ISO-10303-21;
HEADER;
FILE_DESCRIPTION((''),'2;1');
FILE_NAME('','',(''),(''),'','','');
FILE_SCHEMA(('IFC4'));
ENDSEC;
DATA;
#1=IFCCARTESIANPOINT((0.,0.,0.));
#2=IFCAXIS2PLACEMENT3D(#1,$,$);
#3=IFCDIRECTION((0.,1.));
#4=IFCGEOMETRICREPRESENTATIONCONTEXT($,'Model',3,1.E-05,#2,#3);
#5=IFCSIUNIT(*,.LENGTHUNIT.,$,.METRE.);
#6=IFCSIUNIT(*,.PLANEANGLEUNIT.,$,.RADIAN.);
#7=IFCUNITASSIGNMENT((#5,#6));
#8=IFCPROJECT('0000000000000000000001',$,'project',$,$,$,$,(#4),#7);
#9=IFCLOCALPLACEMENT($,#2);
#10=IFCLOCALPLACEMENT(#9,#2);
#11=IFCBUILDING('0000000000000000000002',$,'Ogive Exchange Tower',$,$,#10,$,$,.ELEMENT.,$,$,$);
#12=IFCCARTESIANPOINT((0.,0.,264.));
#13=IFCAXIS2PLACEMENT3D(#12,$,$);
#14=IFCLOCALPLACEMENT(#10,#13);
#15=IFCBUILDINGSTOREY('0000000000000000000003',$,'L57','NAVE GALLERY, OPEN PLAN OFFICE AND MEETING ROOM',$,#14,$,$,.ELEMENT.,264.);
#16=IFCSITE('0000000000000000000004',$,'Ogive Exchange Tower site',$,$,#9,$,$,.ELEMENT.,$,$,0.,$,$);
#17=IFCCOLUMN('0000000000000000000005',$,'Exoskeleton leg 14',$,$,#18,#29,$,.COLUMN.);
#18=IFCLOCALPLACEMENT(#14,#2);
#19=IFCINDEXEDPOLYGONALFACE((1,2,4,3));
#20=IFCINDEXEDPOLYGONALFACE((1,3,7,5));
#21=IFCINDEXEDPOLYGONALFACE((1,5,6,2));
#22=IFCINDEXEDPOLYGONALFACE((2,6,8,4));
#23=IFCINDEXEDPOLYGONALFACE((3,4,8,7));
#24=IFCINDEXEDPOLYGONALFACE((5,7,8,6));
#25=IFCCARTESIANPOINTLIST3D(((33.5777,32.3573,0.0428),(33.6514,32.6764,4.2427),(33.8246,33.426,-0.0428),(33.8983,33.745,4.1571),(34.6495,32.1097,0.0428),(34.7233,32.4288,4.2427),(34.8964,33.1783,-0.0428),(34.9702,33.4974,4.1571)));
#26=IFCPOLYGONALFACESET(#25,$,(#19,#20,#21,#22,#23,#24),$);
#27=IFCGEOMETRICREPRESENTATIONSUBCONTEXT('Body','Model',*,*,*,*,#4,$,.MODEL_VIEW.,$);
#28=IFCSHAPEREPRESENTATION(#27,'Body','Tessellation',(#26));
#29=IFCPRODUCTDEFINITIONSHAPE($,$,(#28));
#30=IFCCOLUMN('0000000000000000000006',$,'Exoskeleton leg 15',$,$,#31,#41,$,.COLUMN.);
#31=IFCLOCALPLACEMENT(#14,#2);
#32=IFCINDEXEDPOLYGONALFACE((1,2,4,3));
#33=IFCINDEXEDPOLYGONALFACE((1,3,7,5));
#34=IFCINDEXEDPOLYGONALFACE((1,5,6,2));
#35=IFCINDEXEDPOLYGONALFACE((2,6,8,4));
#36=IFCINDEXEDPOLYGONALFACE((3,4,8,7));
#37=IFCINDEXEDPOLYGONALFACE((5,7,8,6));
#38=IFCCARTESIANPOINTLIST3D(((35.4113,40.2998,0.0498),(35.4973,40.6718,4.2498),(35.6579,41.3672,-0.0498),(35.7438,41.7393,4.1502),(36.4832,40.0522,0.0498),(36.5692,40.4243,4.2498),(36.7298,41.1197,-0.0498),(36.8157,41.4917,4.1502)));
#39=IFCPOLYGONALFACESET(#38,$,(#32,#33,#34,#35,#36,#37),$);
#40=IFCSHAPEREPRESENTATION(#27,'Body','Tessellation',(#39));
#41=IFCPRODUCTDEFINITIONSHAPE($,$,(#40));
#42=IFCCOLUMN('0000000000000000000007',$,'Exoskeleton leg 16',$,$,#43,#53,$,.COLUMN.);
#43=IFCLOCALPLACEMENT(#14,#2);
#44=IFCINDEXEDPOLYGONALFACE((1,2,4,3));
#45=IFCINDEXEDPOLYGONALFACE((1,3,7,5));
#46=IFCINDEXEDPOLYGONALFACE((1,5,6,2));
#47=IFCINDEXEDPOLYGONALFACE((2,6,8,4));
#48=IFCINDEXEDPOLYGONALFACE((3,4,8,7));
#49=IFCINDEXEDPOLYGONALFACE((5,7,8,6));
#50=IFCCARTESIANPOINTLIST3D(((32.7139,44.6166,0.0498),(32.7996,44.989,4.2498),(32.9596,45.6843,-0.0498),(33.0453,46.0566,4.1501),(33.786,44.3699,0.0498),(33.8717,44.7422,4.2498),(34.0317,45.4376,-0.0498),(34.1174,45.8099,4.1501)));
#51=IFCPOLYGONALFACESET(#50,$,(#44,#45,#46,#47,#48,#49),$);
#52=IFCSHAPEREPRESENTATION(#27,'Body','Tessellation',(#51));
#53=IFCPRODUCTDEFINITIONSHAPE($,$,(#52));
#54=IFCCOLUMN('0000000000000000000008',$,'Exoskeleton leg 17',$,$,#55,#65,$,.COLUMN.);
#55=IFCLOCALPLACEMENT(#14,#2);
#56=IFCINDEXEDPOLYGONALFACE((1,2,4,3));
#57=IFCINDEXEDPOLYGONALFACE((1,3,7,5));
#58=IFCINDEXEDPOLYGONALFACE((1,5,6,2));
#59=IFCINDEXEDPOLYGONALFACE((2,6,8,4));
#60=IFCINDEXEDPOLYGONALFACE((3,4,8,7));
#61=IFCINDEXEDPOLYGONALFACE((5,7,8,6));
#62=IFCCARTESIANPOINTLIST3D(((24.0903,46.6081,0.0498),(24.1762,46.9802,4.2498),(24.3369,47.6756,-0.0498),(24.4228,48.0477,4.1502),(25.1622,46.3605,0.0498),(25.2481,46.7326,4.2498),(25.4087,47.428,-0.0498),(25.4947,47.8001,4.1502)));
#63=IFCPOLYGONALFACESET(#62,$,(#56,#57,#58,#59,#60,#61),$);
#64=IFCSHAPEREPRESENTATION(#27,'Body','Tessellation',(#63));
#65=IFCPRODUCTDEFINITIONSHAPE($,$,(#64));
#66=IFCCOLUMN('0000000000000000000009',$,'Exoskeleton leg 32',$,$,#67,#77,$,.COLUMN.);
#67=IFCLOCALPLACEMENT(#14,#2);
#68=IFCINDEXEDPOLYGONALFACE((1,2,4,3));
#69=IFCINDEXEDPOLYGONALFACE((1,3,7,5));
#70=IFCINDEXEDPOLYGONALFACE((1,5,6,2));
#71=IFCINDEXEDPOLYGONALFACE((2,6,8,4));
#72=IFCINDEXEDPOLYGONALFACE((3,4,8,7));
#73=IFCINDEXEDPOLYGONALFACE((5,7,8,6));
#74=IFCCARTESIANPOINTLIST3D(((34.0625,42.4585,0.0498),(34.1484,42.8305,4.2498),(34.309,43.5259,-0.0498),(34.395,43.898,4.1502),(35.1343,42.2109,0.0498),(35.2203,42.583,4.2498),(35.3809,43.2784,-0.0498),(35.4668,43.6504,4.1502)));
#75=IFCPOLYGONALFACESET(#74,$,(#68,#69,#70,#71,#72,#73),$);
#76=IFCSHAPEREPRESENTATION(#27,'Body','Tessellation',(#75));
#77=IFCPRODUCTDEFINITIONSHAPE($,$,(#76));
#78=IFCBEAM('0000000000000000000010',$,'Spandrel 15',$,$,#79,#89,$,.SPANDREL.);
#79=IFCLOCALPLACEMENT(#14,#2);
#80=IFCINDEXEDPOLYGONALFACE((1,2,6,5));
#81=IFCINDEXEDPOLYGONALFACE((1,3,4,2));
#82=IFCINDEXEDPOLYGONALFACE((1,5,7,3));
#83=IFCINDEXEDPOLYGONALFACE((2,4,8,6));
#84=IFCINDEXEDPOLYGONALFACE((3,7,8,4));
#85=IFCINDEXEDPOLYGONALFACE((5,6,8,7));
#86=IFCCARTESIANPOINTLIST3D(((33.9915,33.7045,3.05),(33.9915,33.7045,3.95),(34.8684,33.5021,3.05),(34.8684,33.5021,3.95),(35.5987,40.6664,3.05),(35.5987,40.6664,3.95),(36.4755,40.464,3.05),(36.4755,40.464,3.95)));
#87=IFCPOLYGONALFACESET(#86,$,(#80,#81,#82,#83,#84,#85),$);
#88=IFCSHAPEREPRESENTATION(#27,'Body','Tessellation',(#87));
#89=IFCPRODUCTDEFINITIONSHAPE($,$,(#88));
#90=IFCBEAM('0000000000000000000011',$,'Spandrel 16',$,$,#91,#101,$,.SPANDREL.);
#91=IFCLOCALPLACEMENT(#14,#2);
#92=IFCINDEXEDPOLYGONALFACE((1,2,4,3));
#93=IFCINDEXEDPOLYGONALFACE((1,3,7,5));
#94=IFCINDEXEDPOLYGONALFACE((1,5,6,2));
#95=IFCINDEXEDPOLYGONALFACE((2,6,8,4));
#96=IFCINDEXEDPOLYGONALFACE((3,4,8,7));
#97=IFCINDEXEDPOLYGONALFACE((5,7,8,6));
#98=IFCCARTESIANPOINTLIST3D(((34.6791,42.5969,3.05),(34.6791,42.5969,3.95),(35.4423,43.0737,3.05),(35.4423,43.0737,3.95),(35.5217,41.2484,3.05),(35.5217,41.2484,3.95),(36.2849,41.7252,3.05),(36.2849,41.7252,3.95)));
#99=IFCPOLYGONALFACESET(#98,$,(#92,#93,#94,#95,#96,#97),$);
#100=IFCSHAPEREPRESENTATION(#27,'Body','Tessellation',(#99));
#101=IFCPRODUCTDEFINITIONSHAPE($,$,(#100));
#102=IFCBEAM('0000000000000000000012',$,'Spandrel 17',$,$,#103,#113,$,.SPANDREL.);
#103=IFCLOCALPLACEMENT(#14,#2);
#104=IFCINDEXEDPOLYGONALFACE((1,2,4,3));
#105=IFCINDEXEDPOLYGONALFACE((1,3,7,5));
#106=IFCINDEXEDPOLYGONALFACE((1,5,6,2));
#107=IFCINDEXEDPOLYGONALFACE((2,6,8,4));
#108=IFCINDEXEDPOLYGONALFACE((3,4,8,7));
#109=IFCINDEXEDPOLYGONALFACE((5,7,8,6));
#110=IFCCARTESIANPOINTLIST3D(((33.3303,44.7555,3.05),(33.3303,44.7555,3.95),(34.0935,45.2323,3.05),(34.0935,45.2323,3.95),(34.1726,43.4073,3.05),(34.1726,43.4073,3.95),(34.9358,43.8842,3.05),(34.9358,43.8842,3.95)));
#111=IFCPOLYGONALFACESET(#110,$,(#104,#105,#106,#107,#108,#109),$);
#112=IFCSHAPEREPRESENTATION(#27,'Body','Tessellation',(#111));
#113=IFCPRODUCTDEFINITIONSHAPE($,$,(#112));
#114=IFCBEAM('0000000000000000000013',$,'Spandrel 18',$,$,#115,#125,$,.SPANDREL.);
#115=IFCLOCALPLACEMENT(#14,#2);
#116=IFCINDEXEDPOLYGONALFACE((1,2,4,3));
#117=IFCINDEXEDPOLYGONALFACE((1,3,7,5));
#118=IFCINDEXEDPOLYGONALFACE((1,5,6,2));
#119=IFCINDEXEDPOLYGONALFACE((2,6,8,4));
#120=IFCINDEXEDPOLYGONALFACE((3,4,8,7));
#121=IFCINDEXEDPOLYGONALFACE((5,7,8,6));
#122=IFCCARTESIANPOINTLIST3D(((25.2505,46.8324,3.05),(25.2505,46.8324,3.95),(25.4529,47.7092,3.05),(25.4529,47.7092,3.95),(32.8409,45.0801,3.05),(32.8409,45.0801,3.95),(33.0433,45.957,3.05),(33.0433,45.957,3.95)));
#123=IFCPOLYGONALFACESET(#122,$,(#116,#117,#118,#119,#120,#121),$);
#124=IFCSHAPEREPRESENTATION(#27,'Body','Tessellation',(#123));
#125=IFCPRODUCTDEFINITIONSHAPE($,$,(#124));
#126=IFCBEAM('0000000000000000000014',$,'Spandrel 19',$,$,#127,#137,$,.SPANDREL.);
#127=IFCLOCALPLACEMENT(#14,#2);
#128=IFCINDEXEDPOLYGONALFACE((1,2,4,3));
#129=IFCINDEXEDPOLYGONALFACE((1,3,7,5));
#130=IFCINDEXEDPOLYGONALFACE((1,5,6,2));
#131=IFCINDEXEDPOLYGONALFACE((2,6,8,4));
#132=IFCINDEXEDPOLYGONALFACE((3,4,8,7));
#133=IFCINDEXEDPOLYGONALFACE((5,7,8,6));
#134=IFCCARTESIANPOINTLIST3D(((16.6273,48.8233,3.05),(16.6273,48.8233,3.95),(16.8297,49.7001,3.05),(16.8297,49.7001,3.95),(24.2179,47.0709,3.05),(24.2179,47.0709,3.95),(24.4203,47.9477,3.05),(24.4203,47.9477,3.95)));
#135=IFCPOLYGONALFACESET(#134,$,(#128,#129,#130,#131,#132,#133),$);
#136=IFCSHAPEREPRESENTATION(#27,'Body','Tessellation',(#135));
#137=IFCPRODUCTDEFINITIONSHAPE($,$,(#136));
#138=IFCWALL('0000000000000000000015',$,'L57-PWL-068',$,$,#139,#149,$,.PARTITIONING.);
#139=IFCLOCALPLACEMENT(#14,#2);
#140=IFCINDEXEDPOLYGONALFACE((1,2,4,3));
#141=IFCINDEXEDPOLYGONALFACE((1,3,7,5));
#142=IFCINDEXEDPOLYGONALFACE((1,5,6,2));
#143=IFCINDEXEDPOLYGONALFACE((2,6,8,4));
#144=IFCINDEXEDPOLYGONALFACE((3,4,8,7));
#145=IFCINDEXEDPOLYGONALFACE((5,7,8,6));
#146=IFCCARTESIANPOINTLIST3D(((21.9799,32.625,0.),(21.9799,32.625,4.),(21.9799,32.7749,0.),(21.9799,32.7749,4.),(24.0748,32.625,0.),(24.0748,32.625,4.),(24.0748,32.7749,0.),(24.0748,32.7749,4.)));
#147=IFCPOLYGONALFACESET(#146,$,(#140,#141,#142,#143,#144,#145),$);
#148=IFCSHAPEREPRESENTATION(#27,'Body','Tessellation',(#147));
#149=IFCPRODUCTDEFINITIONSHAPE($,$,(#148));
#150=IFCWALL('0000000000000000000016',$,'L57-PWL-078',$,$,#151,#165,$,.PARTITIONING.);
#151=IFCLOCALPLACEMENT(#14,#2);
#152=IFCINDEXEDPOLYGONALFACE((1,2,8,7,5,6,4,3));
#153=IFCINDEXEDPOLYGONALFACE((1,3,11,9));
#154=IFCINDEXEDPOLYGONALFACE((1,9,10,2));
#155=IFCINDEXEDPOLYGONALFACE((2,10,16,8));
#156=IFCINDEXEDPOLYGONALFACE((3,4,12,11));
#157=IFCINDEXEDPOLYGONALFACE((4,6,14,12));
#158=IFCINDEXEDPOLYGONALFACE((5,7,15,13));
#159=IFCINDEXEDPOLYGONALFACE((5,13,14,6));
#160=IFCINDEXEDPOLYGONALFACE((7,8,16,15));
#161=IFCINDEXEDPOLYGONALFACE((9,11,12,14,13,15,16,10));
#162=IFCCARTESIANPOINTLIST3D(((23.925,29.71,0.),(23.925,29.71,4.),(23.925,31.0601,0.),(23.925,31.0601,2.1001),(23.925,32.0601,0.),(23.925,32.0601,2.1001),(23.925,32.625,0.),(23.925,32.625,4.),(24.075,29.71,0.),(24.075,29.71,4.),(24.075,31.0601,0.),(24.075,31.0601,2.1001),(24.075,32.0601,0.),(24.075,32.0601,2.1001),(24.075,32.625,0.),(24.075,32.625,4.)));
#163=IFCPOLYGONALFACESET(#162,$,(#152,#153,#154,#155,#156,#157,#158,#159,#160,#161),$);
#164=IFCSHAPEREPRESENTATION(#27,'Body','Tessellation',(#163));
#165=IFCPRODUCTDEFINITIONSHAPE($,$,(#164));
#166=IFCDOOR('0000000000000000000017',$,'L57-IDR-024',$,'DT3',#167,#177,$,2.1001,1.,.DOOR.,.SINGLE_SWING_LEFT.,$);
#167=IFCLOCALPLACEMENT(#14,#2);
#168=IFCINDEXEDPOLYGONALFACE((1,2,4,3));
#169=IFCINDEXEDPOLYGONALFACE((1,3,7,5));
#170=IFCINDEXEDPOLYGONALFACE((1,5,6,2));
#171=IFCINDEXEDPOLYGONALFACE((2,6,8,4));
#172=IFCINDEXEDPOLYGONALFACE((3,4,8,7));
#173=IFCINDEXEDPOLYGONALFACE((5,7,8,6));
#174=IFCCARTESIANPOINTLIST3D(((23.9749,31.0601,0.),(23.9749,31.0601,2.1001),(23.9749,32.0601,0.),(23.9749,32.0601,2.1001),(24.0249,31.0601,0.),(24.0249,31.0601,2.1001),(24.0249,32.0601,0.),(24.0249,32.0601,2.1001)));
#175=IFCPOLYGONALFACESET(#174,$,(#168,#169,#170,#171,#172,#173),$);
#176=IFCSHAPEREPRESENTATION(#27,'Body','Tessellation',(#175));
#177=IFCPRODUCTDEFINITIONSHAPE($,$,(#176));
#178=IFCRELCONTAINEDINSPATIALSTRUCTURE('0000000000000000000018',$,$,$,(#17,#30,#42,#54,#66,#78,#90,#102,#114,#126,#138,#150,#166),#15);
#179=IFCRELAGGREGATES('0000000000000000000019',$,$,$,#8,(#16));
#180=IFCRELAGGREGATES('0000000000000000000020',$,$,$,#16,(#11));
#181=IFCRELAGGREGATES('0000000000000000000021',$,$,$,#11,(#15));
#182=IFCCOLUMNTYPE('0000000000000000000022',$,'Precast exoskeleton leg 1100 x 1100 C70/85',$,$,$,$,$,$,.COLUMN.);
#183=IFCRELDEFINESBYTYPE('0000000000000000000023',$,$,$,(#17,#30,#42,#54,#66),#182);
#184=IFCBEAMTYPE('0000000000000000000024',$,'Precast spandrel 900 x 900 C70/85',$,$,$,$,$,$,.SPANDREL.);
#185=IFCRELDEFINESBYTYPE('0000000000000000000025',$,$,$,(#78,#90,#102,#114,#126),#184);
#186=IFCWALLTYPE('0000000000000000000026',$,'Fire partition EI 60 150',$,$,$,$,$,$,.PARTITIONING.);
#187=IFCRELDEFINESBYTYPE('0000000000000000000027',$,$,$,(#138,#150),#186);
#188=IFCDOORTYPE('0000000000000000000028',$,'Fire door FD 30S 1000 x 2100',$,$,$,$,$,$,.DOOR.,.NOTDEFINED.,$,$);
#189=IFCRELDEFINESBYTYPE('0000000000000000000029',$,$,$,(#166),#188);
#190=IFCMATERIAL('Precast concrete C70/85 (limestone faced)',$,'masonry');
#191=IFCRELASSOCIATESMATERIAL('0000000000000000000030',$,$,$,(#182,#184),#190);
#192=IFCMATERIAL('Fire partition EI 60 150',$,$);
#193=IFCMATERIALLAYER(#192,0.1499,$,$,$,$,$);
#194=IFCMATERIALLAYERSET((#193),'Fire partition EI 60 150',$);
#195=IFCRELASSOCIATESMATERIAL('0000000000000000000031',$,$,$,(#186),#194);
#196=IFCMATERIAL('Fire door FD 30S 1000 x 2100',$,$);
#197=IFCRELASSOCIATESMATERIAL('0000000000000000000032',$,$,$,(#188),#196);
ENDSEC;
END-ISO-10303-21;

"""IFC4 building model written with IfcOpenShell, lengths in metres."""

from ifc_helpers import new_model, si_unit, direction, frame, frame_2d, origin, origin_2d, place, context, subcontext, project, spatial, rectangle, extrude, material, layer, layer_set, material_profile, profile_set, type_object, element, fill, save


model = new_model("IFC4")

# Units and contexts
model_context = context("Model", 3, precision=1e-05, world=origin(), true_north=direction((0.0, 1.0)))
body_context = subcontext(model_context, "Body", "Model", "MODEL_VIEW")
ifc_project = project(units=[si_unit("LENGTHUNIT", "METRE"), si_unit("PLANEANGLEUNIT", "RADIAN")], contexts=[model_context])

# Site, building, storey
site_placement = place(None, origin())
site = spatial("IfcSite", under=ifc_project, at=site_placement, Name="Ogive Exchange Tower site", CompositionType="ELEMENT", RefElevation=0.0)
building_placement = place(site_placement, origin())
building = spatial("IfcBuilding", under=site, at=building_placement, Name="Ogive Exchange Tower", CompositionType="ELEMENT")
storey_placement = place(building_placement, frame((0.0, 0.0, 264.0)))
storey = spatial("IfcBuildingStorey", under=building, at=storey_placement, Name="L57", Description="NAVE GALLERY, OPEN PLAN OFFICE AND MEETING ROOM", CompositionType="ELEMENT", Elevation=264.0)

# Columns
ifc_material_1 = material(Name="Precast concrete C70/85 (limestone faced)", Category="masonry")
ifc_material_profile_1 = material_profile(ifc_material_1, rectangle(XDim=1.1001, YDim=1.1001, at=origin_2d()), Name="1100 x 1100")
ifc_profile_set_1 = profile_set([ifc_material_profile_1], Name="Precast concrete C70/85 (limestone faced)")
column_type = type_object("IfcColumnType", Name="Precast exoskeleton leg 1100 x 1100 C70/85", PredefinedType="COLUMN", material=ifc_profile_set_1)
column_placement = place(storey_placement, frame((34.2371, 32.7678, 0.0), z_axis=(0.017502, 0.075745, 0.996974), x_axis=(-0.974328, 0.225132, 0.0)))
element("IfcColumn", 1, at=column_placement, inside=storey, type_object=column_type, Name="Exoskeleton leg 14", PredefinedType="COLUMN", context=body_context, shape_type="SweptSolid", body=[
    extrude(rectangle(XDim=1.1001, YDim=1.1001, at=origin_2d()), origin(), (0.0, 0.0, 1.0), 4.2126),
])
for number, where, z_axis, x_axis, name in (
    (2, (36.0706, 40.7097, 0.0), (0.020377, 0.088225, 0.995892), (-0.974348, 0.225046, 0.0), "Exoskeleton leg 15"),
    (3, (33.3728, 45.0271, 0.0), (0.02032, 0.088283, 0.995888), (-0.97452, 0.224299, 0.0), "Exoskeleton leg 16"),
    (4, (24.7495, 47.0181, 0.0), (0.020377, 0.088225, 0.995892), (-0.974348, 0.225046, 0.0), "Exoskeleton leg 17"),
    (5, (34.7217, 42.8684, 0.0), (0.020377, 0.088225, 0.995892), (-0.974348, 0.225046, 0.0), "Exoskeleton leg 32"),
):
    element("IfcColumn", number, at=place(storey_placement, frame(where, z_axis=z_axis, x_axis=x_axis)), inside=storey, type_object=column_type, Name=name, PredefinedType="COLUMN", context=body_context, shape_type="SweptSolid", body=[
        extrude(rectangle(XDim=1.1001, YDim=1.1001, at=origin_2d()), origin(), (0.0, 0.0, 1.0), 4.2173),
    ])

# Beams
ifc_material_profile_2 = material_profile(ifc_material_1, rectangle(XDim=0.8999, YDim=0.8999, at=origin_2d()), Name="900 x 900")
ifc_profile_set_2 = profile_set([ifc_material_profile_2], Name="Precast concrete C70/85 (limestone faced)")
beam_type = type_object("IfcBeamType", Name="Precast spandrel 900 x 900 C70/85", PredefinedType="SPANDREL", material=ifc_profile_set_2)
beam_1_placement = place(storey_placement, frame((34.4299, 33.6033, 3.5), z_axis=(0.224937, 0.974373, 0.0), x_axis=(-0.974373, 0.224937, 0.0)))
element("IfcBeam", 6, at=beam_1_placement, inside=storey, type_object=beam_type, Name="Spandrel 15", PredefinedType="SPANDREL", context=body_context, shape_type="SweptSolid", body=[
    extrude(rectangle(XDim=0.8999, YDim=0.8999, at=origin_2d()), origin(), (0.0, 0.0, 1.0), 7.145),
])
beam_2_placement = place(storey_placement, frame((35.9033, 41.4868, 3.5), z_axis=(-0.529902, 0.848059, 0.0), x_axis=(-0.848059, -0.529902, 0.0)))
element("IfcBeam", 7, at=beam_2_placement, inside=storey, type_object=beam_type, Name="Spandrel 16", PredefinedType="SPANDREL", context=body_context, shape_type="SweptSolid", body=[
    extrude(rectangle(XDim=0.8999, YDim=0.8999, at=origin_2d()), origin(), (0.0, 0.0, 1.0), 1.5901),
])
beam_3_placement = place(storey_placement, frame((34.5542, 43.6458, 3.5), z_axis=(-0.529861, 0.848085, 0.0), x_axis=(-0.848085, -0.529861, 0.0)))
element("IfcBeam", 8, at=beam_3_placement, inside=storey, type_object=beam_type, Name="Spandrel 17", PredefinedType="SPANDREL", context=body_context, shape_type="SweptSolid", body=[
    extrude(rectangle(XDim=0.8999, YDim=0.8999, at=origin_2d()), origin(), (0.0, 0.0, 1.0), 1.5896),
])
beam_4_placement = place(storey_placement, frame((32.9421, 45.5186, 3.5), z_axis=(-0.974375, 0.22493, 0.0), x_axis=(-0.22493, -0.974375, 0.0)))
element("IfcBeam", 9, at=beam_4_placement, inside=storey, type_object=beam_type, Name="Spandrel 18", PredefinedType="SPANDREL", context=body_context, shape_type="SweptSolid", body=[
    extrude(rectangle(XDim=0.8999, YDim=0.8999, at=origin_2d()), origin(), (0.0, 0.0, 1.0), 7.79),
])
beam_5_placement = place(storey_placement, frame((24.3191, 47.5093, 3.5), z_axis=(-0.97437, 0.224953, 0.0), x_axis=(-0.224953, -0.97437, 0.0)))
element("IfcBeam", 10, at=beam_5_placement, inside=storey, type_object=beam_type, Name="Spandrel 19", PredefinedType="SPANDREL", context=body_context, shape_type="SweptSolid", body=[
    extrude(rectangle(XDim=0.8999, YDim=0.8999, at=origin_2d()), origin(), (0.0, 0.0, 1.0), 7.7903),
])

# Wall
ifc_material_2 = material(Name="Fire partition EI 60 150")
ifc_layer_1 = layer(ifc_material_2, 0.1499)
ifc_layer_set_1 = layer_set([ifc_layer_1], Name="Fire partition EI 60 150")
wall_type_1 = type_object("IfcWallType", Name="Fire partition EI 60 150", PredefinedType="PARTITIONING", material=ifc_layer_set_1)
wall_1_placement = place(storey_placement, frame((21.98, 32.7, 0.0), z_axis=(0.0, 0.0, 1.0), x_axis=(1.0, 0.0, 0.0)))
element("IfcWall", 11, at=wall_1_placement, inside=storey, type_object=wall_type_1, Name="L57-PWL-068", PredefinedType="PARTITIONING", context=body_context, shape_type="SweptSolid", body=[
    extrude(rectangle(XDim=2.095, YDim=0.1499, at=frame_2d((1.0474, 0.0))), origin(), (0.0, 0.0, 1.0), 4.0),
])

# Wall, opening, door
wall_2_placement = place(storey_placement, frame((24.0, 32.625, 0.0), z_axis=(0.0, 0.0, 1.0), x_axis=(0.0, -1.0, 0.0)))
wall_2 = element("IfcWall", 12, at=wall_2_placement, inside=storey, type_object=wall_type_1, Name="L57-PWL-078", PredefinedType="PARTITIONING", context=body_context, shape_type="SweptSolid", body=[
    extrude(rectangle(XDim=2.915, YDim=0.1499, at=frame_2d((1.4575, 0.0))), origin(), (0.0, 0.0, 1.0), 4.0),
])
opening_1_placement = place(wall_2_placement, frame((0.5649, 0.0, 0.0)))
opening_1 = element("IfcOpeningElement", 13, at=opening_1_placement, cuts=wall_2, PredefinedType="OPENING", context=body_context, shape_type="SweptSolid", body=[
    extrude(rectangle(XDim=1.0, YDim=2.1001, at=frame_2d((0.5, 1.05))), frame((0.0, 0.085, 0.0), z_axis=(0.0, -1.0, 0.0), x_axis=(1.0, 0.0, 0.0)), (0.0, 0.0, 1.0), 0.1699),
])
ifc_material_3 = material(Name="Fire door FD 30S 1000 x 2100")
door_type_1 = type_object("IfcDoorType", Name="Fire door FD 30S 1000 x 2100", OperationType="NOTDEFINED", PredefinedType="DOOR", material=ifc_material_3)
door_1_placement = place(opening_1_placement, origin())
door_1 = element("IfcDoor", 14, at=door_1_placement, inside=storey, type_object=door_type_1, Name="L57-IDR-024", ObjectType="DT3", OperationType="SINGLE_SWING_LEFT", OverallHeight=2.1001, OverallWidth=1.0, PredefinedType="DOOR", context=body_context, shape_type="SweptSolid", body=[
    extrude(rectangle(XDim=1.0, YDim=2.1001, at=frame_2d((0.5, 1.05))), frame((0.0, 0.0249, 0.0), z_axis=(0.0, -1.0, 0.0), x_axis=(1.0, 0.0, 0.0)), (0.0, 0.0, 1.0), 0.05),
])
fill(opening_1, door_1)

save(model, "model.ifc")
